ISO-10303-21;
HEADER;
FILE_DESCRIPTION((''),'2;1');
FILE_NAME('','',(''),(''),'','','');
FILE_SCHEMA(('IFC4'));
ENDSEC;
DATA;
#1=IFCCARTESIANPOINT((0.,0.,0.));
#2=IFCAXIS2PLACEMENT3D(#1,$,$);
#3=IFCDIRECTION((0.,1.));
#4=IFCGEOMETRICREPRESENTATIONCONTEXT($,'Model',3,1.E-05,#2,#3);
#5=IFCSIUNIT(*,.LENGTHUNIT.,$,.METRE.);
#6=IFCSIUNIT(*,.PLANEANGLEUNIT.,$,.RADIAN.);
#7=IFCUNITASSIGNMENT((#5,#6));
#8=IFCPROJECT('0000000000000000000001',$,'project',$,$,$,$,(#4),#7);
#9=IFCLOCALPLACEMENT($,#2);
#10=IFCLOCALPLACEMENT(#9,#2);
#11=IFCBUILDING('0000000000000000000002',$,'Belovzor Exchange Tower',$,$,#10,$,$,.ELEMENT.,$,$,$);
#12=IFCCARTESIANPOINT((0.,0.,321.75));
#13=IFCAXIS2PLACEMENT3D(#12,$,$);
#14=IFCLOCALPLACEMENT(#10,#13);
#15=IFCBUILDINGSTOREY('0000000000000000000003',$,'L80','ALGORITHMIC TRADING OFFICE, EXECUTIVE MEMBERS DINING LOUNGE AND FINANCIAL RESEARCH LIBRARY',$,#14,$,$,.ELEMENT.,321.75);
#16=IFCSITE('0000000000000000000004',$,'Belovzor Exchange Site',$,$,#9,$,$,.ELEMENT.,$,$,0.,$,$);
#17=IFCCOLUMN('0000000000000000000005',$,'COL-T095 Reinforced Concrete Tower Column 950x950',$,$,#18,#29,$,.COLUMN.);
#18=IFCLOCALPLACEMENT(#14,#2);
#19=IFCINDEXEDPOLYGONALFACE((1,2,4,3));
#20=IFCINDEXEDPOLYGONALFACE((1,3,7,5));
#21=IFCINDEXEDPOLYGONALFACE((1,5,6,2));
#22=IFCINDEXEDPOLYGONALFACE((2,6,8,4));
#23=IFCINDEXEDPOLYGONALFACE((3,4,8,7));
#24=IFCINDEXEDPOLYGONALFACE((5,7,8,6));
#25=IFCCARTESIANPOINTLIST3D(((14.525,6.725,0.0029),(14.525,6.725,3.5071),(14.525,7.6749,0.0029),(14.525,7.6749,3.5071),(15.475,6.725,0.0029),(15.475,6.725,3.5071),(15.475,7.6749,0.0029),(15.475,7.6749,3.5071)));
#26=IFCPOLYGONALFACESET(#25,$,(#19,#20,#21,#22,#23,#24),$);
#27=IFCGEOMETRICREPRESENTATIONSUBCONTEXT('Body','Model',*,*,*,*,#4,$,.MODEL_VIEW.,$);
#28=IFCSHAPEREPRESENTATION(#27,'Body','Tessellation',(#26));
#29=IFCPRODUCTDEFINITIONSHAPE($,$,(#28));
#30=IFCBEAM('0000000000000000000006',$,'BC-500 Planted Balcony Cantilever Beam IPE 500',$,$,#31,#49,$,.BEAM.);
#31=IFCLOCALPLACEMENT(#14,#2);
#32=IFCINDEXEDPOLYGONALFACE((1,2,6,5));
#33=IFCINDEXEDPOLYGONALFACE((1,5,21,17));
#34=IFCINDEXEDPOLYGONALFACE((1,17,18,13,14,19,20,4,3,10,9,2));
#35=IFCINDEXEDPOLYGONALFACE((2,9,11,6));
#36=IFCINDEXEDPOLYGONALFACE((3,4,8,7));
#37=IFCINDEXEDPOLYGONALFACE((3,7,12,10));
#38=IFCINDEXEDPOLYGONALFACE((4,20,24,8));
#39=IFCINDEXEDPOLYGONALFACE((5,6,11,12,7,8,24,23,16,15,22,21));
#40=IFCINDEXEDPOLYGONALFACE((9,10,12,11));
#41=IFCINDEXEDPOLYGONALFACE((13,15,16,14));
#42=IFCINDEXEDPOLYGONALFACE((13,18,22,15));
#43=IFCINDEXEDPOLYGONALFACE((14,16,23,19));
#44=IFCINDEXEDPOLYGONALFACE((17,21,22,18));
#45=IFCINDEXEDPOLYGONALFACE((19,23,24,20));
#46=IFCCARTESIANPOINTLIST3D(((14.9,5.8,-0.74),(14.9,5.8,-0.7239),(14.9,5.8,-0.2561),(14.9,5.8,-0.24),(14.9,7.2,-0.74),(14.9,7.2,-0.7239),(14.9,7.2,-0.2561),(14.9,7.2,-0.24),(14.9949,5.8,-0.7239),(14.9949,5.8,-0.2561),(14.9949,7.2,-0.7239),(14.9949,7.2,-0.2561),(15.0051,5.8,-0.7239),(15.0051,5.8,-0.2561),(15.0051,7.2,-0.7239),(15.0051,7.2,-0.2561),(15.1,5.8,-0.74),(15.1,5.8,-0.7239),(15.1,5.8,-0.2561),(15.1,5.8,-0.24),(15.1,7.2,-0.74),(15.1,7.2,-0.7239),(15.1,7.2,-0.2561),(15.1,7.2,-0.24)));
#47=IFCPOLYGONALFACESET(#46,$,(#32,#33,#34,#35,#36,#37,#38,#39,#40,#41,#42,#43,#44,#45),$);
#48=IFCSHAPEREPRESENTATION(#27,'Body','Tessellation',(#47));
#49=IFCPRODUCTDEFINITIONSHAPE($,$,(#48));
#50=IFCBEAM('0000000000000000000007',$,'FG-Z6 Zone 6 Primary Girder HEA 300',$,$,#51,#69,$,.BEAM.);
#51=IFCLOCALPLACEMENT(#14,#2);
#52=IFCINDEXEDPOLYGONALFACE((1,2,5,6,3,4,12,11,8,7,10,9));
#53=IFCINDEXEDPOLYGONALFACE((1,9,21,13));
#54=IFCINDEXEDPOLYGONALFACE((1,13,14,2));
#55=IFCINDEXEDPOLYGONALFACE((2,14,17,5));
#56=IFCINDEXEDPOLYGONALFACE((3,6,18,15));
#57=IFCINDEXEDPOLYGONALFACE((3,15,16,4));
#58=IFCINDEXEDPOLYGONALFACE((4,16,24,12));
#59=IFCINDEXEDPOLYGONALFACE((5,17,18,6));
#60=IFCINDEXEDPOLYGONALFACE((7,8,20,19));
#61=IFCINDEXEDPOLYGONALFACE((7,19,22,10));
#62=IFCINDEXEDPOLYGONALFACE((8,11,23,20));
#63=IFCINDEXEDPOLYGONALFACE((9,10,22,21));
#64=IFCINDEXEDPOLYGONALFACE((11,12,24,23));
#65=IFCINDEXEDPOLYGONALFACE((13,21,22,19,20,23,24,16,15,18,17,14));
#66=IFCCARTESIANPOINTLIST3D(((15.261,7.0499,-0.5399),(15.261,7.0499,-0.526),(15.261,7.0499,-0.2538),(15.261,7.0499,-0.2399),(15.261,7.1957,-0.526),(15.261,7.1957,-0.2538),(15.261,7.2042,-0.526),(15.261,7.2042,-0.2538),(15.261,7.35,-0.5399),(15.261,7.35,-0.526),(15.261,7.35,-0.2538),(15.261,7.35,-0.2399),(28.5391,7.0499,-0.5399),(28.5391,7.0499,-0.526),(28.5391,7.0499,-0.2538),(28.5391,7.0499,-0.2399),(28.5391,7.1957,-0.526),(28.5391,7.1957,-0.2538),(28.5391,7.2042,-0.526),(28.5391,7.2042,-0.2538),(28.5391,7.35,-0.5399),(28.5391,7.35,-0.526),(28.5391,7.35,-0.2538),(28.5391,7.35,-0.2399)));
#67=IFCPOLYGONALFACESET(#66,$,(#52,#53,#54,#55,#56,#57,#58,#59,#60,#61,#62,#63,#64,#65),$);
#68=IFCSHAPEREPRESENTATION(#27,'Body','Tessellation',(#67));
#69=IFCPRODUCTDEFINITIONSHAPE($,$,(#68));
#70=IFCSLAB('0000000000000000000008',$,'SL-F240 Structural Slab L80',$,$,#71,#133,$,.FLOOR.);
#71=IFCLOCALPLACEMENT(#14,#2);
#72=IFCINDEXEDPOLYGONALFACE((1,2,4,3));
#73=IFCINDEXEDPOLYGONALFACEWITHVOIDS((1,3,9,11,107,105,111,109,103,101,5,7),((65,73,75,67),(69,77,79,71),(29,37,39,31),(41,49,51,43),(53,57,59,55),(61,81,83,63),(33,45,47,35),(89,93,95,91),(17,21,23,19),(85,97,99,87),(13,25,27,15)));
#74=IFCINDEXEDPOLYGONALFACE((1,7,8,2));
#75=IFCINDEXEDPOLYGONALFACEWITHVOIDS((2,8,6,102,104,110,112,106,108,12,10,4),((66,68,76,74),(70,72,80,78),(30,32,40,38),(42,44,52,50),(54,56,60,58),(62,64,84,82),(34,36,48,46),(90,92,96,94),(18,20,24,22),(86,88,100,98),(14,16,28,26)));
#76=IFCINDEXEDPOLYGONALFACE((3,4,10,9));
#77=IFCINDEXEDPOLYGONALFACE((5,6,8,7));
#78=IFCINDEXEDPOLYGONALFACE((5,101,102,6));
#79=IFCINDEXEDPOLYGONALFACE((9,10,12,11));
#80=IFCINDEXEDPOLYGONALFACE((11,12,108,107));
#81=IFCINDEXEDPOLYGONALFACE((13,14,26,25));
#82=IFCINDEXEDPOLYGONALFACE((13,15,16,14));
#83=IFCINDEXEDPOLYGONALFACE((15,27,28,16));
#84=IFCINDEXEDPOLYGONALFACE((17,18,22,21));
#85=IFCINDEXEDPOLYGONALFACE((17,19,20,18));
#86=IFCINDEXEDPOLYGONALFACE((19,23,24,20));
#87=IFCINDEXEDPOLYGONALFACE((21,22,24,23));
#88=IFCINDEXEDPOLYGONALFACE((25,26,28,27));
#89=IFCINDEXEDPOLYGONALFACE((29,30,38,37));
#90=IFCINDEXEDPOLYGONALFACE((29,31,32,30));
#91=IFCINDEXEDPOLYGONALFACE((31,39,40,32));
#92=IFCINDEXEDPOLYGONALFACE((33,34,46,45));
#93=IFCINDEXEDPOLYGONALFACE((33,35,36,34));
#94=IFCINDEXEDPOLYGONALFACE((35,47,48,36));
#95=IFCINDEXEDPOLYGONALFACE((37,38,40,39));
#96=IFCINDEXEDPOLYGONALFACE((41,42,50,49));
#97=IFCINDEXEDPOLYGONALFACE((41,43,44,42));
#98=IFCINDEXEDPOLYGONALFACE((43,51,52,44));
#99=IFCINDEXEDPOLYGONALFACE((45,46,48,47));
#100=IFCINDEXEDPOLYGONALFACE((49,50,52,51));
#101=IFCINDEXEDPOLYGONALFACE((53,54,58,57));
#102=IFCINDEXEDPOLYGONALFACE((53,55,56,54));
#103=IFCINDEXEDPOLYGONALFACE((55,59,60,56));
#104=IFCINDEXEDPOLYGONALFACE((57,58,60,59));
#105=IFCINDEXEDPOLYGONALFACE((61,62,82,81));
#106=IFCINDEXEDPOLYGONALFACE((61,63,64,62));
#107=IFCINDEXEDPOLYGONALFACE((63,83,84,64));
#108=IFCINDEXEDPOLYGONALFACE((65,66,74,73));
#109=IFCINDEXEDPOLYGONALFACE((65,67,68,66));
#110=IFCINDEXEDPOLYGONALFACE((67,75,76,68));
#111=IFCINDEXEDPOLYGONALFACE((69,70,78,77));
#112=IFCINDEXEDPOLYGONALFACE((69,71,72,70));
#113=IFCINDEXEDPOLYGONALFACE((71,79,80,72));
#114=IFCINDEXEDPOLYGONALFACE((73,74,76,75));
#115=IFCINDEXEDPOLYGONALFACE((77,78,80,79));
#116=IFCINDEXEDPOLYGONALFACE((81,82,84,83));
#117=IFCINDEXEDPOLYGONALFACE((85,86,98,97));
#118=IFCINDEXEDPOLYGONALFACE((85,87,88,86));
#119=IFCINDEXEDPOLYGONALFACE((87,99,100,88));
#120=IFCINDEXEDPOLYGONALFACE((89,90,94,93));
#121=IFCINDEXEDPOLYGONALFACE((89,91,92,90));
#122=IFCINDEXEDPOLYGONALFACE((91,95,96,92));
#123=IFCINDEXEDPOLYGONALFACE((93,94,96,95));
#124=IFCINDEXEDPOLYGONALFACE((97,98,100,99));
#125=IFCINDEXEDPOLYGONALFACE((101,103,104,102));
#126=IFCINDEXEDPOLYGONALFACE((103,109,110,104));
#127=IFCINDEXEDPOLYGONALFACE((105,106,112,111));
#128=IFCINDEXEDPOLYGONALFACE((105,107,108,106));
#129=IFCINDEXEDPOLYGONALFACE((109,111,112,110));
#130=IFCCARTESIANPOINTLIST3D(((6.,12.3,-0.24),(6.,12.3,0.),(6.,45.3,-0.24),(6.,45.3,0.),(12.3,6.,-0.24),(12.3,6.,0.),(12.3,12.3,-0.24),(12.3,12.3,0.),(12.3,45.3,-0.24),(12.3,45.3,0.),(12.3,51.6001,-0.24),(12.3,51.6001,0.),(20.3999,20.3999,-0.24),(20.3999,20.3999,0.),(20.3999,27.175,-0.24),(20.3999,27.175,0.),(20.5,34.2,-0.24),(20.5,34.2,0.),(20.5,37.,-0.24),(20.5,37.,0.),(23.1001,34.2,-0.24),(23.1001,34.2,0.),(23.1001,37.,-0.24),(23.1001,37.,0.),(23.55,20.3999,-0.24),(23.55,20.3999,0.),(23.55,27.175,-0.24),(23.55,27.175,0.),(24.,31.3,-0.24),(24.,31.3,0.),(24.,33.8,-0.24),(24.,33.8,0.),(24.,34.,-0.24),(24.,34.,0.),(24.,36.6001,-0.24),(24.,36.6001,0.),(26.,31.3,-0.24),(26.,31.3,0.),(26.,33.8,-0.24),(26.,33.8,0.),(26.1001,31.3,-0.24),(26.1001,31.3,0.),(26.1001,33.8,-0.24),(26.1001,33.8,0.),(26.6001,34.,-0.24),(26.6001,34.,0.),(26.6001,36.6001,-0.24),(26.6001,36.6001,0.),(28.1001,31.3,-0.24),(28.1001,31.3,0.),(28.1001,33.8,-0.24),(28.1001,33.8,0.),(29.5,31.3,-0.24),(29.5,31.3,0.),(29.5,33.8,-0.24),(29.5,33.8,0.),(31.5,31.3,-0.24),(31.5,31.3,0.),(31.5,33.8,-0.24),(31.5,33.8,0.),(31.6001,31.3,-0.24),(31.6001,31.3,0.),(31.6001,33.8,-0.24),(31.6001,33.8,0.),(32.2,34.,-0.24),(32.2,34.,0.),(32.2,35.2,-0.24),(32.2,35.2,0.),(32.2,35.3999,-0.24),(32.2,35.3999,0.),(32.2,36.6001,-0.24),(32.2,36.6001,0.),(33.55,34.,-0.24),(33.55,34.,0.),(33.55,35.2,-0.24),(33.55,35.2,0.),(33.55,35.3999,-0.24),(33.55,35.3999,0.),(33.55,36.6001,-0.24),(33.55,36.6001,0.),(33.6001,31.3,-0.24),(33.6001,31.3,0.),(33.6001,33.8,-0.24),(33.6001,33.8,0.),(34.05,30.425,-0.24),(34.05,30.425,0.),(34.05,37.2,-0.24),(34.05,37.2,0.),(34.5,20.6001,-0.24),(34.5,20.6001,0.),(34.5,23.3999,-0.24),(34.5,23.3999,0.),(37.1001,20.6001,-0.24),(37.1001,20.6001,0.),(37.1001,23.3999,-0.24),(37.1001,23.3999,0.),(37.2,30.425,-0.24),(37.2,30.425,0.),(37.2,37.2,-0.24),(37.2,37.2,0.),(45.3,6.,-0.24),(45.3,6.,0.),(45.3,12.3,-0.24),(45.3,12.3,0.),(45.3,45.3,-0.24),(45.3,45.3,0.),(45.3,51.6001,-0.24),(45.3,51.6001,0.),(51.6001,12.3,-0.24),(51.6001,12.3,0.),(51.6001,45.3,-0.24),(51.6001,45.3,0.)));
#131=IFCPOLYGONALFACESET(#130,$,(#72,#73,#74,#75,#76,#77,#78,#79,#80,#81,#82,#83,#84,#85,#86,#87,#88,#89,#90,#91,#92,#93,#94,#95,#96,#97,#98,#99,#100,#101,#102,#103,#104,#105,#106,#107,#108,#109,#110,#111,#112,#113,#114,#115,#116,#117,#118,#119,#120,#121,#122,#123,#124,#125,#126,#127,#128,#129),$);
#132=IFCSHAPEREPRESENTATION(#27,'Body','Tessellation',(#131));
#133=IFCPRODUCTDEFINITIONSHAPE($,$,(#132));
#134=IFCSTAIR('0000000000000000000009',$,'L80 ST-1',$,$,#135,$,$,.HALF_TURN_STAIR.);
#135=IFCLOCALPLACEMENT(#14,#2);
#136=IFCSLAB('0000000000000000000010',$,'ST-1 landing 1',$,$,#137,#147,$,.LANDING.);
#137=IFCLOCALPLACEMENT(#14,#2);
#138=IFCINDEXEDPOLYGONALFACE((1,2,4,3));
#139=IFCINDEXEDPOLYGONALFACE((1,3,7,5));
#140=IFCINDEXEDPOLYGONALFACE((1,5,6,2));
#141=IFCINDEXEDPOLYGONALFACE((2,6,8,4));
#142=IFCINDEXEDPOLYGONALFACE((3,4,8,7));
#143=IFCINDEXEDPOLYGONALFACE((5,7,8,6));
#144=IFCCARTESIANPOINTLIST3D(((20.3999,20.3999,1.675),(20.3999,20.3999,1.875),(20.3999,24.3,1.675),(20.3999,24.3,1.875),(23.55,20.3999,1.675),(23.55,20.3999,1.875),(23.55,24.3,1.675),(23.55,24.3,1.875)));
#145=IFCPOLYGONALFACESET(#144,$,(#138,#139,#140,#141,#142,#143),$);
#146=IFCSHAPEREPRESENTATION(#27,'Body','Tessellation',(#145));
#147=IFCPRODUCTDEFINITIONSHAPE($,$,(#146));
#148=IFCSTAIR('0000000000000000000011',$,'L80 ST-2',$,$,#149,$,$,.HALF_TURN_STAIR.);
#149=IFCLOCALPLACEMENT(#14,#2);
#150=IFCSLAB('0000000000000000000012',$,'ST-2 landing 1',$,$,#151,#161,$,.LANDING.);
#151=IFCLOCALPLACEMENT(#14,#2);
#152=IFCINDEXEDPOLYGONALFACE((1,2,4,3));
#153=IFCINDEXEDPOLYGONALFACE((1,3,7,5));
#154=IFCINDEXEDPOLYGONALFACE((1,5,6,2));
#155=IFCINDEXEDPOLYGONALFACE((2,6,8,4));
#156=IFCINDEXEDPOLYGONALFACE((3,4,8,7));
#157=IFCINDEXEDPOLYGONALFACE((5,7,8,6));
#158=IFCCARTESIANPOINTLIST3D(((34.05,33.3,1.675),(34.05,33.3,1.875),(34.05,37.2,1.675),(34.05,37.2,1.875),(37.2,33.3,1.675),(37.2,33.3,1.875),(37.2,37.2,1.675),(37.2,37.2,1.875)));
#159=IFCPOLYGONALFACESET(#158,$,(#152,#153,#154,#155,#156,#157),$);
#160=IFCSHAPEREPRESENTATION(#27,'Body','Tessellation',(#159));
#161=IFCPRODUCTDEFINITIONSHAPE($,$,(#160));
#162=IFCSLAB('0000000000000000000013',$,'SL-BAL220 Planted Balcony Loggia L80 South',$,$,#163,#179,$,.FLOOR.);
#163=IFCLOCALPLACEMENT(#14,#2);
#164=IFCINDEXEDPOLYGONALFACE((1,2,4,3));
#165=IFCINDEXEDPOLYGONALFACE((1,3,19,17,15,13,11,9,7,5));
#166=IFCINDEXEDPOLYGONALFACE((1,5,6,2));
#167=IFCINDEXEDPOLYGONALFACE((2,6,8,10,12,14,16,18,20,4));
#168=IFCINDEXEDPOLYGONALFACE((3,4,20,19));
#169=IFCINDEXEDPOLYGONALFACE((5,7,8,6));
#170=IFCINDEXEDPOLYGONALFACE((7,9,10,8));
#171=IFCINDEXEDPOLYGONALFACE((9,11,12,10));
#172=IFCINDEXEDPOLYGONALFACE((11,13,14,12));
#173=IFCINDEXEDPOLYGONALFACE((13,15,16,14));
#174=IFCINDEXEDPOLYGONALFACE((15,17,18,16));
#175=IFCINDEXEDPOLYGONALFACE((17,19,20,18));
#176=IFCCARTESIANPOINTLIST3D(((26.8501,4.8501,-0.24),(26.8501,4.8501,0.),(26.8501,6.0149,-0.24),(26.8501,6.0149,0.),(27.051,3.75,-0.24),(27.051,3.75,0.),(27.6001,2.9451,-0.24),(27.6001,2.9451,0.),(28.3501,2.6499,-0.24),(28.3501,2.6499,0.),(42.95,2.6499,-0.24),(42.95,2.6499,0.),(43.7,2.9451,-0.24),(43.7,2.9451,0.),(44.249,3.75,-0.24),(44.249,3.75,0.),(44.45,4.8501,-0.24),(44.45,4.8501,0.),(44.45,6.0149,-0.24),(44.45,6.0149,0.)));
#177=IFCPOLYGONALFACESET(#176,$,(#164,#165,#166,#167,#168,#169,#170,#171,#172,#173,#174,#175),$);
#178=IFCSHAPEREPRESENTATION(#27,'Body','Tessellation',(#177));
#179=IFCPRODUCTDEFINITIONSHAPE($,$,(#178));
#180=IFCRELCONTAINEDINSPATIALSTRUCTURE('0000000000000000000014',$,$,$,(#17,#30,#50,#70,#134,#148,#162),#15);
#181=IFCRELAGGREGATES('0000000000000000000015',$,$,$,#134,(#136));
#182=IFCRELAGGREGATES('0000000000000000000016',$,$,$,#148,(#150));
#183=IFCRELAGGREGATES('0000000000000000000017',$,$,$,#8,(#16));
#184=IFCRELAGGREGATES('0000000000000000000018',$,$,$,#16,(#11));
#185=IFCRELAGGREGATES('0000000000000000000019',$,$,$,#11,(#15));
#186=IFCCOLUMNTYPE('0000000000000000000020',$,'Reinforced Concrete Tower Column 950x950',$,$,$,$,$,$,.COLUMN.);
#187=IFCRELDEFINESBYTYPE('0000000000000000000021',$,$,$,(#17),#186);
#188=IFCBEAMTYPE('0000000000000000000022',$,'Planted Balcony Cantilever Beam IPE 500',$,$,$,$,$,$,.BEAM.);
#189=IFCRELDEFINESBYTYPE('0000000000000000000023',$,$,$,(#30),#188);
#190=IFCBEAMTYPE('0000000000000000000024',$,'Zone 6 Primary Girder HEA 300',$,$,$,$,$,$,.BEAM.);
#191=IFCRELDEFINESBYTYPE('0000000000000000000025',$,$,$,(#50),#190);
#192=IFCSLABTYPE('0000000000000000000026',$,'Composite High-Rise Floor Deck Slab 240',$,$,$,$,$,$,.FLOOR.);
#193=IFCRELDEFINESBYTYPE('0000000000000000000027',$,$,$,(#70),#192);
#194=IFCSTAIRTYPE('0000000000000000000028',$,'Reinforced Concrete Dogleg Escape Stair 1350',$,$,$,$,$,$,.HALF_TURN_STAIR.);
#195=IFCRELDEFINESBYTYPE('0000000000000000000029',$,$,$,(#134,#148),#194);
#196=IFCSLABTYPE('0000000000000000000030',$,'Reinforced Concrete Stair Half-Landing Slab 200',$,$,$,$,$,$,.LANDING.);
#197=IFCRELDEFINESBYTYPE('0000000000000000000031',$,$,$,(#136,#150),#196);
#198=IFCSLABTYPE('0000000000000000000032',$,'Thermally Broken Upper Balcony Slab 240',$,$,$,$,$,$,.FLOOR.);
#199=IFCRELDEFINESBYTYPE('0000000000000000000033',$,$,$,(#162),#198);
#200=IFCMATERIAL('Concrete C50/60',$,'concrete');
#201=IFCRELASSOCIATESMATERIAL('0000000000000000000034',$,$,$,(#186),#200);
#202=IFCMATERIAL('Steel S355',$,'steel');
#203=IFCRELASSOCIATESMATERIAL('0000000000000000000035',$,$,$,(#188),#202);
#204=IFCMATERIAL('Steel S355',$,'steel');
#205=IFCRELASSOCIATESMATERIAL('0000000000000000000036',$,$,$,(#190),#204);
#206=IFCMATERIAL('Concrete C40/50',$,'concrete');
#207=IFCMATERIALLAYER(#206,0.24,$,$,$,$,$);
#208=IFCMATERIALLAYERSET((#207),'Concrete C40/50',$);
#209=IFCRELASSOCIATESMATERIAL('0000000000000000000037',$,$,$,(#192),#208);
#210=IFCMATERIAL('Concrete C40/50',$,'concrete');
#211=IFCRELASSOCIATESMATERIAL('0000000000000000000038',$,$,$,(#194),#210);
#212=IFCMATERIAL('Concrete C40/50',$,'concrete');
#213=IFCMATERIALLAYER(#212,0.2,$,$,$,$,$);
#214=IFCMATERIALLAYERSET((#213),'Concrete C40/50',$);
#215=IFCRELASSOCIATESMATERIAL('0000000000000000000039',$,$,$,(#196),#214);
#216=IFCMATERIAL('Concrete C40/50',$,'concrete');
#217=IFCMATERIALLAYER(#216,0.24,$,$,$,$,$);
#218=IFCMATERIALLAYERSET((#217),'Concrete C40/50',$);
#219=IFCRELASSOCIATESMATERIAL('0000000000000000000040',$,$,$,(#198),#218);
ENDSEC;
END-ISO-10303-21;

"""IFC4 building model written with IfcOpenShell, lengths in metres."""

from ifc_helpers import new_model, si_unit, direction, frame, origin, origin_2d, place, context, subcontext, project, spatial, polyline, rectangle, i_section, outline, extrude, material, layer, layer_set, material_profile, profile_set, type_object, element, aggregate, save


model = new_model("IFC4")

# Units and contexts
model_context = context("Model", 3, precision=1e-05, world=origin(), true_north=direction((0.0, 1.0)))
body_context = subcontext(model_context, "Body", "Model", "MODEL_VIEW")
ifc_project = project(units=[si_unit("LENGTHUNIT", "METRE"), si_unit("PLANEANGLEUNIT", "RADIAN")], contexts=[model_context])

# Site, building, storey
site_placement = place(None, origin())
site = spatial("IfcSite", under=ifc_project, at=site_placement, Name="Belovzor Exchange Site", CompositionType="ELEMENT", RefElevation=0.0)
building_placement = place(site_placement, origin())
building = spatial("IfcBuilding", under=site, at=building_placement, Name="Belovzor Exchange Tower", CompositionType="ELEMENT")
storey_placement = place(building_placement, frame((0.0, 0.0, 321.75)))
storey = spatial("IfcBuildingStorey", under=building, at=storey_placement, Name="L80", Description="ALGORITHMIC TRADING OFFICE, EXECUTIVE MEMBERS DINING LOUNGE AND FINANCIAL RESEARCH LIBRARY", CompositionType="ELEMENT", Elevation=321.75)

# Column
ifc_material_1 = material(Name="Concrete C50/60", Category="concrete")
ifc_material_profile_1 = material_profile(ifc_material_1, rectangle(XDim=0.95, YDim=0.95, at=origin_2d()))
ifc_profile_set_1 = profile_set([ifc_material_profile_1], Name="Concrete C50/60")
column_type = type_object("IfcColumnType", Name="Reinforced Concrete Tower Column 950x950", PredefinedType="COLUMN", material=ifc_profile_set_1)
column_placement = place(storey_placement, frame((15.0, 7.2, 0.0029), z_axis=(0.0, 0.0, 1.0), x_axis=(1.0, 0.0, 0.0)))
element("IfcColumn", 1, at=column_placement, inside=storey, type_object=column_type, Name="COL-T095 Reinforced Concrete Tower Column 950x950", PredefinedType="COLUMN", context=body_context, shape_type="SweptSolid", body=[
    extrude(rectangle(XDim=0.95, YDim=0.95, at=origin_2d()), origin(), (0.0, 0.0, 1.0), 3.5042),
])

# Beams
ifc_material_2 = material(Name="Steel S355", Category="steel")
ifc_material_profile_2 = material_profile(ifc_material_2, i_section(OverallWidth=0.2, OverallDepth=0.5, WebThickness=0.0103, FlangeThickness=0.0161, at=origin_2d()))
ifc_profile_set_2 = profile_set([ifc_material_profile_2], Name="Steel S355")
beam_type_1 = type_object("IfcBeamType", Name="Planted Balcony Cantilever Beam IPE 500", PredefinedType="BEAM", material=ifc_profile_set_2)
beam_1_placement = place(storey_placement, frame((15.0, 7.2, -0.49), z_axis=(0.0, -1.0, 0.0), x_axis=(1.0, 0.0, 0.0)))
element("IfcBeam", 2, at=beam_1_placement, inside=storey, type_object=beam_type_1, Name="BC-500 Planted Balcony Cantilever Beam IPE 500", PredefinedType="BEAM", context=body_context, shape_type="SweptSolid", body=[
    extrude(i_section(OverallWidth=0.2, OverallDepth=0.5, WebThickness=0.0103, FlangeThickness=0.0161, at=origin_2d()), origin(), (0.0, 0.0, 1.0), 1.3999),
])
ifc_material_3 = material(Name="Steel S355", Category="steel")
ifc_material_profile_3 = material_profile(ifc_material_3, i_section(OverallWidth=0.3, OverallDepth=0.3, WebThickness=0.0085, FlangeThickness=0.0139, at=origin_2d()))
ifc_profile_set_3 = profile_set([ifc_material_profile_3], Name="Steel S355")
beam_type_2 = type_object("IfcBeamType", Name="Zone 6 Primary Girder HEA 300", PredefinedType="BEAM", material=ifc_profile_set_3)
beam_2_placement = place(storey_placement, frame((15.261, 7.2, -0.3899), z_axis=(1.0, 0.0, 0.0), x_axis=(0.0, 1.0, 0.0)))
element("IfcBeam", 3, at=beam_2_placement, inside=storey, type_object=beam_type_2, Name="FG-Z6 Zone 6 Primary Girder HEA 300", PredefinedType="BEAM", context=body_context, shape_type="SweptSolid", body=[
    extrude(i_section(OverallWidth=0.3, OverallDepth=0.3, WebThickness=0.0085, FlangeThickness=0.0139, at=origin_2d()), origin(), (0.0, 0.0, 1.0), 13.2781),
])

# Slab
ifc_material_4 = material(Name="Concrete C40/50", Category="concrete")
ifc_layer_1 = layer(ifc_material_4, 0.24)
ifc_layer_set_1 = layer_set([ifc_layer_1], Name="Concrete C40/50")
slab_type_1 = type_object("IfcSlabType", Name="Composite High-Rise Floor Deck Slab 240", PredefinedType="FLOOR", material=ifc_layer_set_1)
slab_1_placement = place(storey_placement, frame((0.0, 0.0, -0.24)))
element("IfcSlab", 4, at=slab_1_placement, inside=storey, type_object=slab_type_1, Name="SL-F240 Structural Slab L80", PredefinedType="FLOOR", context=body_context, shape_type="SweptSolid", body=[
    extrude(outline(polyline([(12.3, 6.0), (45.3, 6.0), (45.3, 12.3), (51.6001, 12.3), (51.6001, 45.3), (45.3, 45.3), (45.3, 51.6001), (12.3, 51.6001), (12.3, 45.3), (6.0, 45.3), (6.0, 12.3), (12.3, 12.3), (12.3, 6.0)]), holes=[polyline([(20.3999, 27.175), (20.3999, 20.3999), (23.55, 20.3999), (23.55, 27.175), (20.3999, 27.175)]), polyline([(37.2, 30.425), (37.2, 37.2), (34.05, 37.2), (34.05, 30.425), (37.2, 30.425)]), polyline([(20.5, 34.2), (23.1001, 34.2), (23.1001, 37.0), (20.5, 37.0), (20.5, 34.2)]), polyline([(34.5, 20.6001), (37.1001, 20.6001), (37.1001, 23.3999), (34.5, 23.3999), (34.5, 20.6001)]), polyline([(24.0, 34.0), (26.6001, 34.0), (26.6001, 36.6001), (24.0, 36.6001), (24.0, 34.0)]), polyline([(24.0, 31.3), (26.0, 31.3), (26.0, 33.8), (24.0, 33.8), (24.0, 31.3)]), polyline([(26.1001, 31.3), (28.1001, 31.3), (28.1001, 33.8), (26.1001, 33.8), (26.1001, 31.3)]), polyline([(29.5, 31.3), (31.5, 31.3), (31.5, 33.8), (29.5, 33.8), (29.5, 31.3)]), polyline([(31.6001, 31.3), (33.6001, 31.3), (33.6001, 33.8), (31.6001, 33.8), (31.6001, 31.3)]), polyline([(32.2, 34.0), (33.55, 34.0), (33.55, 35.2), (32.2, 35.2), (32.2, 34.0)]), polyline([(32.2, 35.3999), (33.55, 35.3999), (33.55, 36.6001), (32.2, 36.6001), (32.2, 35.3999)])]), origin(), (0.0, 0.0, 1.0), 0.24),
])

# Stairs, slabs
ifc_material_5 = material(Name="Concrete C40/50", Category="concrete")
stair_type = type_object("IfcStairType", Name="Reinforced Concrete Dogleg Escape Stair 1350", PredefinedType="HALF_TURN_STAIR", material=ifc_material_5)
stair_1_placement = place(storey_placement, origin())
stair_1 = element("IfcStair", 5, at=stair_1_placement, inside=storey, type_object=stair_type, Name="L80 ST-1", PredefinedType="HALF_TURN_STAIR")
ifc_material_6 = material(Name="Concrete C40/50", Category="concrete")
ifc_layer_2 = layer(ifc_material_6, 0.2)
ifc_layer_set_2 = layer_set([ifc_layer_2], Name="Concrete C40/50")
slab_type_2 = type_object("IfcSlabType", Name="Reinforced Concrete Stair Half-Landing Slab 200", PredefinedType="LANDING", material=ifc_layer_set_2)
slab_2_placement = place(storey_placement, frame((0.0, 0.0, 1.675)))
slab_2 = element("IfcSlab", 6, at=slab_2_placement, type_object=slab_type_2, Name="ST-1 landing 1", PredefinedType="LANDING", context=body_context, shape_type="SweptSolid", body=[
    extrude(outline(polyline([(20.3999, 24.3), (20.3999, 20.3999), (23.55, 20.3999), (23.55, 24.3), (20.3999, 24.3)])), origin(), (0.0, 0.0, 1.0), 0.2),
])
aggregate(stair_1, [slab_2])
stair_2_placement = place(storey_placement, origin())
stair_2 = element("IfcStair", 7, at=stair_2_placement, inside=storey, type_object=stair_type, Name="L80 ST-2", PredefinedType="HALF_TURN_STAIR")
slab_3_placement = place(storey_placement, frame((0.0, 0.0, 1.675)))
slab_3 = element("IfcSlab", 8, at=slab_3_placement, type_object=slab_type_2, Name="ST-2 landing 1", PredefinedType="LANDING", context=body_context, shape_type="SweptSolid", body=[
    extrude(outline(polyline([(37.2, 33.3), (37.2, 37.2), (34.05, 37.2), (34.05, 33.3), (37.2, 33.3)])), origin(), (0.0, 0.0, 1.0), 0.2),
])
aggregate(stair_2, [slab_3])

# Slab
ifc_material_7 = material(Name="Concrete C40/50", Category="concrete")
ifc_layer_3 = layer(ifc_material_7, 0.24)
ifc_layer_set_3 = layer_set([ifc_layer_3], Name="Concrete C40/50")
slab_type_3 = type_object("IfcSlabType", Name="Thermally Broken Upper Balcony Slab 240", PredefinedType="FLOOR", material=ifc_layer_set_3)
slab_4_placement = place(storey_placement, frame((0.0, 0.0, -0.24)))
element("IfcSlab", 9, at=slab_4_placement, inside=storey, type_object=slab_type_3, Name="SL-BAL220 Planted Balcony Loggia L80 South", PredefinedType="FLOOR", context=body_context, shape_type="SweptSolid", body=[
    extrude(outline(polyline([(26.8501, 6.0149), (26.8501, 4.8501), (27.051, 3.75), (27.6001, 2.9451), (28.3501, 2.6499), (42.95, 2.6499), (43.7, 2.9451), (44.249, 3.75), (44.45, 4.8501), (44.45, 6.0149), (26.8501, 6.0149)])), origin(), (0.0, 0.0, 1.0), 0.24),
])

save(model, "model.ifc")
